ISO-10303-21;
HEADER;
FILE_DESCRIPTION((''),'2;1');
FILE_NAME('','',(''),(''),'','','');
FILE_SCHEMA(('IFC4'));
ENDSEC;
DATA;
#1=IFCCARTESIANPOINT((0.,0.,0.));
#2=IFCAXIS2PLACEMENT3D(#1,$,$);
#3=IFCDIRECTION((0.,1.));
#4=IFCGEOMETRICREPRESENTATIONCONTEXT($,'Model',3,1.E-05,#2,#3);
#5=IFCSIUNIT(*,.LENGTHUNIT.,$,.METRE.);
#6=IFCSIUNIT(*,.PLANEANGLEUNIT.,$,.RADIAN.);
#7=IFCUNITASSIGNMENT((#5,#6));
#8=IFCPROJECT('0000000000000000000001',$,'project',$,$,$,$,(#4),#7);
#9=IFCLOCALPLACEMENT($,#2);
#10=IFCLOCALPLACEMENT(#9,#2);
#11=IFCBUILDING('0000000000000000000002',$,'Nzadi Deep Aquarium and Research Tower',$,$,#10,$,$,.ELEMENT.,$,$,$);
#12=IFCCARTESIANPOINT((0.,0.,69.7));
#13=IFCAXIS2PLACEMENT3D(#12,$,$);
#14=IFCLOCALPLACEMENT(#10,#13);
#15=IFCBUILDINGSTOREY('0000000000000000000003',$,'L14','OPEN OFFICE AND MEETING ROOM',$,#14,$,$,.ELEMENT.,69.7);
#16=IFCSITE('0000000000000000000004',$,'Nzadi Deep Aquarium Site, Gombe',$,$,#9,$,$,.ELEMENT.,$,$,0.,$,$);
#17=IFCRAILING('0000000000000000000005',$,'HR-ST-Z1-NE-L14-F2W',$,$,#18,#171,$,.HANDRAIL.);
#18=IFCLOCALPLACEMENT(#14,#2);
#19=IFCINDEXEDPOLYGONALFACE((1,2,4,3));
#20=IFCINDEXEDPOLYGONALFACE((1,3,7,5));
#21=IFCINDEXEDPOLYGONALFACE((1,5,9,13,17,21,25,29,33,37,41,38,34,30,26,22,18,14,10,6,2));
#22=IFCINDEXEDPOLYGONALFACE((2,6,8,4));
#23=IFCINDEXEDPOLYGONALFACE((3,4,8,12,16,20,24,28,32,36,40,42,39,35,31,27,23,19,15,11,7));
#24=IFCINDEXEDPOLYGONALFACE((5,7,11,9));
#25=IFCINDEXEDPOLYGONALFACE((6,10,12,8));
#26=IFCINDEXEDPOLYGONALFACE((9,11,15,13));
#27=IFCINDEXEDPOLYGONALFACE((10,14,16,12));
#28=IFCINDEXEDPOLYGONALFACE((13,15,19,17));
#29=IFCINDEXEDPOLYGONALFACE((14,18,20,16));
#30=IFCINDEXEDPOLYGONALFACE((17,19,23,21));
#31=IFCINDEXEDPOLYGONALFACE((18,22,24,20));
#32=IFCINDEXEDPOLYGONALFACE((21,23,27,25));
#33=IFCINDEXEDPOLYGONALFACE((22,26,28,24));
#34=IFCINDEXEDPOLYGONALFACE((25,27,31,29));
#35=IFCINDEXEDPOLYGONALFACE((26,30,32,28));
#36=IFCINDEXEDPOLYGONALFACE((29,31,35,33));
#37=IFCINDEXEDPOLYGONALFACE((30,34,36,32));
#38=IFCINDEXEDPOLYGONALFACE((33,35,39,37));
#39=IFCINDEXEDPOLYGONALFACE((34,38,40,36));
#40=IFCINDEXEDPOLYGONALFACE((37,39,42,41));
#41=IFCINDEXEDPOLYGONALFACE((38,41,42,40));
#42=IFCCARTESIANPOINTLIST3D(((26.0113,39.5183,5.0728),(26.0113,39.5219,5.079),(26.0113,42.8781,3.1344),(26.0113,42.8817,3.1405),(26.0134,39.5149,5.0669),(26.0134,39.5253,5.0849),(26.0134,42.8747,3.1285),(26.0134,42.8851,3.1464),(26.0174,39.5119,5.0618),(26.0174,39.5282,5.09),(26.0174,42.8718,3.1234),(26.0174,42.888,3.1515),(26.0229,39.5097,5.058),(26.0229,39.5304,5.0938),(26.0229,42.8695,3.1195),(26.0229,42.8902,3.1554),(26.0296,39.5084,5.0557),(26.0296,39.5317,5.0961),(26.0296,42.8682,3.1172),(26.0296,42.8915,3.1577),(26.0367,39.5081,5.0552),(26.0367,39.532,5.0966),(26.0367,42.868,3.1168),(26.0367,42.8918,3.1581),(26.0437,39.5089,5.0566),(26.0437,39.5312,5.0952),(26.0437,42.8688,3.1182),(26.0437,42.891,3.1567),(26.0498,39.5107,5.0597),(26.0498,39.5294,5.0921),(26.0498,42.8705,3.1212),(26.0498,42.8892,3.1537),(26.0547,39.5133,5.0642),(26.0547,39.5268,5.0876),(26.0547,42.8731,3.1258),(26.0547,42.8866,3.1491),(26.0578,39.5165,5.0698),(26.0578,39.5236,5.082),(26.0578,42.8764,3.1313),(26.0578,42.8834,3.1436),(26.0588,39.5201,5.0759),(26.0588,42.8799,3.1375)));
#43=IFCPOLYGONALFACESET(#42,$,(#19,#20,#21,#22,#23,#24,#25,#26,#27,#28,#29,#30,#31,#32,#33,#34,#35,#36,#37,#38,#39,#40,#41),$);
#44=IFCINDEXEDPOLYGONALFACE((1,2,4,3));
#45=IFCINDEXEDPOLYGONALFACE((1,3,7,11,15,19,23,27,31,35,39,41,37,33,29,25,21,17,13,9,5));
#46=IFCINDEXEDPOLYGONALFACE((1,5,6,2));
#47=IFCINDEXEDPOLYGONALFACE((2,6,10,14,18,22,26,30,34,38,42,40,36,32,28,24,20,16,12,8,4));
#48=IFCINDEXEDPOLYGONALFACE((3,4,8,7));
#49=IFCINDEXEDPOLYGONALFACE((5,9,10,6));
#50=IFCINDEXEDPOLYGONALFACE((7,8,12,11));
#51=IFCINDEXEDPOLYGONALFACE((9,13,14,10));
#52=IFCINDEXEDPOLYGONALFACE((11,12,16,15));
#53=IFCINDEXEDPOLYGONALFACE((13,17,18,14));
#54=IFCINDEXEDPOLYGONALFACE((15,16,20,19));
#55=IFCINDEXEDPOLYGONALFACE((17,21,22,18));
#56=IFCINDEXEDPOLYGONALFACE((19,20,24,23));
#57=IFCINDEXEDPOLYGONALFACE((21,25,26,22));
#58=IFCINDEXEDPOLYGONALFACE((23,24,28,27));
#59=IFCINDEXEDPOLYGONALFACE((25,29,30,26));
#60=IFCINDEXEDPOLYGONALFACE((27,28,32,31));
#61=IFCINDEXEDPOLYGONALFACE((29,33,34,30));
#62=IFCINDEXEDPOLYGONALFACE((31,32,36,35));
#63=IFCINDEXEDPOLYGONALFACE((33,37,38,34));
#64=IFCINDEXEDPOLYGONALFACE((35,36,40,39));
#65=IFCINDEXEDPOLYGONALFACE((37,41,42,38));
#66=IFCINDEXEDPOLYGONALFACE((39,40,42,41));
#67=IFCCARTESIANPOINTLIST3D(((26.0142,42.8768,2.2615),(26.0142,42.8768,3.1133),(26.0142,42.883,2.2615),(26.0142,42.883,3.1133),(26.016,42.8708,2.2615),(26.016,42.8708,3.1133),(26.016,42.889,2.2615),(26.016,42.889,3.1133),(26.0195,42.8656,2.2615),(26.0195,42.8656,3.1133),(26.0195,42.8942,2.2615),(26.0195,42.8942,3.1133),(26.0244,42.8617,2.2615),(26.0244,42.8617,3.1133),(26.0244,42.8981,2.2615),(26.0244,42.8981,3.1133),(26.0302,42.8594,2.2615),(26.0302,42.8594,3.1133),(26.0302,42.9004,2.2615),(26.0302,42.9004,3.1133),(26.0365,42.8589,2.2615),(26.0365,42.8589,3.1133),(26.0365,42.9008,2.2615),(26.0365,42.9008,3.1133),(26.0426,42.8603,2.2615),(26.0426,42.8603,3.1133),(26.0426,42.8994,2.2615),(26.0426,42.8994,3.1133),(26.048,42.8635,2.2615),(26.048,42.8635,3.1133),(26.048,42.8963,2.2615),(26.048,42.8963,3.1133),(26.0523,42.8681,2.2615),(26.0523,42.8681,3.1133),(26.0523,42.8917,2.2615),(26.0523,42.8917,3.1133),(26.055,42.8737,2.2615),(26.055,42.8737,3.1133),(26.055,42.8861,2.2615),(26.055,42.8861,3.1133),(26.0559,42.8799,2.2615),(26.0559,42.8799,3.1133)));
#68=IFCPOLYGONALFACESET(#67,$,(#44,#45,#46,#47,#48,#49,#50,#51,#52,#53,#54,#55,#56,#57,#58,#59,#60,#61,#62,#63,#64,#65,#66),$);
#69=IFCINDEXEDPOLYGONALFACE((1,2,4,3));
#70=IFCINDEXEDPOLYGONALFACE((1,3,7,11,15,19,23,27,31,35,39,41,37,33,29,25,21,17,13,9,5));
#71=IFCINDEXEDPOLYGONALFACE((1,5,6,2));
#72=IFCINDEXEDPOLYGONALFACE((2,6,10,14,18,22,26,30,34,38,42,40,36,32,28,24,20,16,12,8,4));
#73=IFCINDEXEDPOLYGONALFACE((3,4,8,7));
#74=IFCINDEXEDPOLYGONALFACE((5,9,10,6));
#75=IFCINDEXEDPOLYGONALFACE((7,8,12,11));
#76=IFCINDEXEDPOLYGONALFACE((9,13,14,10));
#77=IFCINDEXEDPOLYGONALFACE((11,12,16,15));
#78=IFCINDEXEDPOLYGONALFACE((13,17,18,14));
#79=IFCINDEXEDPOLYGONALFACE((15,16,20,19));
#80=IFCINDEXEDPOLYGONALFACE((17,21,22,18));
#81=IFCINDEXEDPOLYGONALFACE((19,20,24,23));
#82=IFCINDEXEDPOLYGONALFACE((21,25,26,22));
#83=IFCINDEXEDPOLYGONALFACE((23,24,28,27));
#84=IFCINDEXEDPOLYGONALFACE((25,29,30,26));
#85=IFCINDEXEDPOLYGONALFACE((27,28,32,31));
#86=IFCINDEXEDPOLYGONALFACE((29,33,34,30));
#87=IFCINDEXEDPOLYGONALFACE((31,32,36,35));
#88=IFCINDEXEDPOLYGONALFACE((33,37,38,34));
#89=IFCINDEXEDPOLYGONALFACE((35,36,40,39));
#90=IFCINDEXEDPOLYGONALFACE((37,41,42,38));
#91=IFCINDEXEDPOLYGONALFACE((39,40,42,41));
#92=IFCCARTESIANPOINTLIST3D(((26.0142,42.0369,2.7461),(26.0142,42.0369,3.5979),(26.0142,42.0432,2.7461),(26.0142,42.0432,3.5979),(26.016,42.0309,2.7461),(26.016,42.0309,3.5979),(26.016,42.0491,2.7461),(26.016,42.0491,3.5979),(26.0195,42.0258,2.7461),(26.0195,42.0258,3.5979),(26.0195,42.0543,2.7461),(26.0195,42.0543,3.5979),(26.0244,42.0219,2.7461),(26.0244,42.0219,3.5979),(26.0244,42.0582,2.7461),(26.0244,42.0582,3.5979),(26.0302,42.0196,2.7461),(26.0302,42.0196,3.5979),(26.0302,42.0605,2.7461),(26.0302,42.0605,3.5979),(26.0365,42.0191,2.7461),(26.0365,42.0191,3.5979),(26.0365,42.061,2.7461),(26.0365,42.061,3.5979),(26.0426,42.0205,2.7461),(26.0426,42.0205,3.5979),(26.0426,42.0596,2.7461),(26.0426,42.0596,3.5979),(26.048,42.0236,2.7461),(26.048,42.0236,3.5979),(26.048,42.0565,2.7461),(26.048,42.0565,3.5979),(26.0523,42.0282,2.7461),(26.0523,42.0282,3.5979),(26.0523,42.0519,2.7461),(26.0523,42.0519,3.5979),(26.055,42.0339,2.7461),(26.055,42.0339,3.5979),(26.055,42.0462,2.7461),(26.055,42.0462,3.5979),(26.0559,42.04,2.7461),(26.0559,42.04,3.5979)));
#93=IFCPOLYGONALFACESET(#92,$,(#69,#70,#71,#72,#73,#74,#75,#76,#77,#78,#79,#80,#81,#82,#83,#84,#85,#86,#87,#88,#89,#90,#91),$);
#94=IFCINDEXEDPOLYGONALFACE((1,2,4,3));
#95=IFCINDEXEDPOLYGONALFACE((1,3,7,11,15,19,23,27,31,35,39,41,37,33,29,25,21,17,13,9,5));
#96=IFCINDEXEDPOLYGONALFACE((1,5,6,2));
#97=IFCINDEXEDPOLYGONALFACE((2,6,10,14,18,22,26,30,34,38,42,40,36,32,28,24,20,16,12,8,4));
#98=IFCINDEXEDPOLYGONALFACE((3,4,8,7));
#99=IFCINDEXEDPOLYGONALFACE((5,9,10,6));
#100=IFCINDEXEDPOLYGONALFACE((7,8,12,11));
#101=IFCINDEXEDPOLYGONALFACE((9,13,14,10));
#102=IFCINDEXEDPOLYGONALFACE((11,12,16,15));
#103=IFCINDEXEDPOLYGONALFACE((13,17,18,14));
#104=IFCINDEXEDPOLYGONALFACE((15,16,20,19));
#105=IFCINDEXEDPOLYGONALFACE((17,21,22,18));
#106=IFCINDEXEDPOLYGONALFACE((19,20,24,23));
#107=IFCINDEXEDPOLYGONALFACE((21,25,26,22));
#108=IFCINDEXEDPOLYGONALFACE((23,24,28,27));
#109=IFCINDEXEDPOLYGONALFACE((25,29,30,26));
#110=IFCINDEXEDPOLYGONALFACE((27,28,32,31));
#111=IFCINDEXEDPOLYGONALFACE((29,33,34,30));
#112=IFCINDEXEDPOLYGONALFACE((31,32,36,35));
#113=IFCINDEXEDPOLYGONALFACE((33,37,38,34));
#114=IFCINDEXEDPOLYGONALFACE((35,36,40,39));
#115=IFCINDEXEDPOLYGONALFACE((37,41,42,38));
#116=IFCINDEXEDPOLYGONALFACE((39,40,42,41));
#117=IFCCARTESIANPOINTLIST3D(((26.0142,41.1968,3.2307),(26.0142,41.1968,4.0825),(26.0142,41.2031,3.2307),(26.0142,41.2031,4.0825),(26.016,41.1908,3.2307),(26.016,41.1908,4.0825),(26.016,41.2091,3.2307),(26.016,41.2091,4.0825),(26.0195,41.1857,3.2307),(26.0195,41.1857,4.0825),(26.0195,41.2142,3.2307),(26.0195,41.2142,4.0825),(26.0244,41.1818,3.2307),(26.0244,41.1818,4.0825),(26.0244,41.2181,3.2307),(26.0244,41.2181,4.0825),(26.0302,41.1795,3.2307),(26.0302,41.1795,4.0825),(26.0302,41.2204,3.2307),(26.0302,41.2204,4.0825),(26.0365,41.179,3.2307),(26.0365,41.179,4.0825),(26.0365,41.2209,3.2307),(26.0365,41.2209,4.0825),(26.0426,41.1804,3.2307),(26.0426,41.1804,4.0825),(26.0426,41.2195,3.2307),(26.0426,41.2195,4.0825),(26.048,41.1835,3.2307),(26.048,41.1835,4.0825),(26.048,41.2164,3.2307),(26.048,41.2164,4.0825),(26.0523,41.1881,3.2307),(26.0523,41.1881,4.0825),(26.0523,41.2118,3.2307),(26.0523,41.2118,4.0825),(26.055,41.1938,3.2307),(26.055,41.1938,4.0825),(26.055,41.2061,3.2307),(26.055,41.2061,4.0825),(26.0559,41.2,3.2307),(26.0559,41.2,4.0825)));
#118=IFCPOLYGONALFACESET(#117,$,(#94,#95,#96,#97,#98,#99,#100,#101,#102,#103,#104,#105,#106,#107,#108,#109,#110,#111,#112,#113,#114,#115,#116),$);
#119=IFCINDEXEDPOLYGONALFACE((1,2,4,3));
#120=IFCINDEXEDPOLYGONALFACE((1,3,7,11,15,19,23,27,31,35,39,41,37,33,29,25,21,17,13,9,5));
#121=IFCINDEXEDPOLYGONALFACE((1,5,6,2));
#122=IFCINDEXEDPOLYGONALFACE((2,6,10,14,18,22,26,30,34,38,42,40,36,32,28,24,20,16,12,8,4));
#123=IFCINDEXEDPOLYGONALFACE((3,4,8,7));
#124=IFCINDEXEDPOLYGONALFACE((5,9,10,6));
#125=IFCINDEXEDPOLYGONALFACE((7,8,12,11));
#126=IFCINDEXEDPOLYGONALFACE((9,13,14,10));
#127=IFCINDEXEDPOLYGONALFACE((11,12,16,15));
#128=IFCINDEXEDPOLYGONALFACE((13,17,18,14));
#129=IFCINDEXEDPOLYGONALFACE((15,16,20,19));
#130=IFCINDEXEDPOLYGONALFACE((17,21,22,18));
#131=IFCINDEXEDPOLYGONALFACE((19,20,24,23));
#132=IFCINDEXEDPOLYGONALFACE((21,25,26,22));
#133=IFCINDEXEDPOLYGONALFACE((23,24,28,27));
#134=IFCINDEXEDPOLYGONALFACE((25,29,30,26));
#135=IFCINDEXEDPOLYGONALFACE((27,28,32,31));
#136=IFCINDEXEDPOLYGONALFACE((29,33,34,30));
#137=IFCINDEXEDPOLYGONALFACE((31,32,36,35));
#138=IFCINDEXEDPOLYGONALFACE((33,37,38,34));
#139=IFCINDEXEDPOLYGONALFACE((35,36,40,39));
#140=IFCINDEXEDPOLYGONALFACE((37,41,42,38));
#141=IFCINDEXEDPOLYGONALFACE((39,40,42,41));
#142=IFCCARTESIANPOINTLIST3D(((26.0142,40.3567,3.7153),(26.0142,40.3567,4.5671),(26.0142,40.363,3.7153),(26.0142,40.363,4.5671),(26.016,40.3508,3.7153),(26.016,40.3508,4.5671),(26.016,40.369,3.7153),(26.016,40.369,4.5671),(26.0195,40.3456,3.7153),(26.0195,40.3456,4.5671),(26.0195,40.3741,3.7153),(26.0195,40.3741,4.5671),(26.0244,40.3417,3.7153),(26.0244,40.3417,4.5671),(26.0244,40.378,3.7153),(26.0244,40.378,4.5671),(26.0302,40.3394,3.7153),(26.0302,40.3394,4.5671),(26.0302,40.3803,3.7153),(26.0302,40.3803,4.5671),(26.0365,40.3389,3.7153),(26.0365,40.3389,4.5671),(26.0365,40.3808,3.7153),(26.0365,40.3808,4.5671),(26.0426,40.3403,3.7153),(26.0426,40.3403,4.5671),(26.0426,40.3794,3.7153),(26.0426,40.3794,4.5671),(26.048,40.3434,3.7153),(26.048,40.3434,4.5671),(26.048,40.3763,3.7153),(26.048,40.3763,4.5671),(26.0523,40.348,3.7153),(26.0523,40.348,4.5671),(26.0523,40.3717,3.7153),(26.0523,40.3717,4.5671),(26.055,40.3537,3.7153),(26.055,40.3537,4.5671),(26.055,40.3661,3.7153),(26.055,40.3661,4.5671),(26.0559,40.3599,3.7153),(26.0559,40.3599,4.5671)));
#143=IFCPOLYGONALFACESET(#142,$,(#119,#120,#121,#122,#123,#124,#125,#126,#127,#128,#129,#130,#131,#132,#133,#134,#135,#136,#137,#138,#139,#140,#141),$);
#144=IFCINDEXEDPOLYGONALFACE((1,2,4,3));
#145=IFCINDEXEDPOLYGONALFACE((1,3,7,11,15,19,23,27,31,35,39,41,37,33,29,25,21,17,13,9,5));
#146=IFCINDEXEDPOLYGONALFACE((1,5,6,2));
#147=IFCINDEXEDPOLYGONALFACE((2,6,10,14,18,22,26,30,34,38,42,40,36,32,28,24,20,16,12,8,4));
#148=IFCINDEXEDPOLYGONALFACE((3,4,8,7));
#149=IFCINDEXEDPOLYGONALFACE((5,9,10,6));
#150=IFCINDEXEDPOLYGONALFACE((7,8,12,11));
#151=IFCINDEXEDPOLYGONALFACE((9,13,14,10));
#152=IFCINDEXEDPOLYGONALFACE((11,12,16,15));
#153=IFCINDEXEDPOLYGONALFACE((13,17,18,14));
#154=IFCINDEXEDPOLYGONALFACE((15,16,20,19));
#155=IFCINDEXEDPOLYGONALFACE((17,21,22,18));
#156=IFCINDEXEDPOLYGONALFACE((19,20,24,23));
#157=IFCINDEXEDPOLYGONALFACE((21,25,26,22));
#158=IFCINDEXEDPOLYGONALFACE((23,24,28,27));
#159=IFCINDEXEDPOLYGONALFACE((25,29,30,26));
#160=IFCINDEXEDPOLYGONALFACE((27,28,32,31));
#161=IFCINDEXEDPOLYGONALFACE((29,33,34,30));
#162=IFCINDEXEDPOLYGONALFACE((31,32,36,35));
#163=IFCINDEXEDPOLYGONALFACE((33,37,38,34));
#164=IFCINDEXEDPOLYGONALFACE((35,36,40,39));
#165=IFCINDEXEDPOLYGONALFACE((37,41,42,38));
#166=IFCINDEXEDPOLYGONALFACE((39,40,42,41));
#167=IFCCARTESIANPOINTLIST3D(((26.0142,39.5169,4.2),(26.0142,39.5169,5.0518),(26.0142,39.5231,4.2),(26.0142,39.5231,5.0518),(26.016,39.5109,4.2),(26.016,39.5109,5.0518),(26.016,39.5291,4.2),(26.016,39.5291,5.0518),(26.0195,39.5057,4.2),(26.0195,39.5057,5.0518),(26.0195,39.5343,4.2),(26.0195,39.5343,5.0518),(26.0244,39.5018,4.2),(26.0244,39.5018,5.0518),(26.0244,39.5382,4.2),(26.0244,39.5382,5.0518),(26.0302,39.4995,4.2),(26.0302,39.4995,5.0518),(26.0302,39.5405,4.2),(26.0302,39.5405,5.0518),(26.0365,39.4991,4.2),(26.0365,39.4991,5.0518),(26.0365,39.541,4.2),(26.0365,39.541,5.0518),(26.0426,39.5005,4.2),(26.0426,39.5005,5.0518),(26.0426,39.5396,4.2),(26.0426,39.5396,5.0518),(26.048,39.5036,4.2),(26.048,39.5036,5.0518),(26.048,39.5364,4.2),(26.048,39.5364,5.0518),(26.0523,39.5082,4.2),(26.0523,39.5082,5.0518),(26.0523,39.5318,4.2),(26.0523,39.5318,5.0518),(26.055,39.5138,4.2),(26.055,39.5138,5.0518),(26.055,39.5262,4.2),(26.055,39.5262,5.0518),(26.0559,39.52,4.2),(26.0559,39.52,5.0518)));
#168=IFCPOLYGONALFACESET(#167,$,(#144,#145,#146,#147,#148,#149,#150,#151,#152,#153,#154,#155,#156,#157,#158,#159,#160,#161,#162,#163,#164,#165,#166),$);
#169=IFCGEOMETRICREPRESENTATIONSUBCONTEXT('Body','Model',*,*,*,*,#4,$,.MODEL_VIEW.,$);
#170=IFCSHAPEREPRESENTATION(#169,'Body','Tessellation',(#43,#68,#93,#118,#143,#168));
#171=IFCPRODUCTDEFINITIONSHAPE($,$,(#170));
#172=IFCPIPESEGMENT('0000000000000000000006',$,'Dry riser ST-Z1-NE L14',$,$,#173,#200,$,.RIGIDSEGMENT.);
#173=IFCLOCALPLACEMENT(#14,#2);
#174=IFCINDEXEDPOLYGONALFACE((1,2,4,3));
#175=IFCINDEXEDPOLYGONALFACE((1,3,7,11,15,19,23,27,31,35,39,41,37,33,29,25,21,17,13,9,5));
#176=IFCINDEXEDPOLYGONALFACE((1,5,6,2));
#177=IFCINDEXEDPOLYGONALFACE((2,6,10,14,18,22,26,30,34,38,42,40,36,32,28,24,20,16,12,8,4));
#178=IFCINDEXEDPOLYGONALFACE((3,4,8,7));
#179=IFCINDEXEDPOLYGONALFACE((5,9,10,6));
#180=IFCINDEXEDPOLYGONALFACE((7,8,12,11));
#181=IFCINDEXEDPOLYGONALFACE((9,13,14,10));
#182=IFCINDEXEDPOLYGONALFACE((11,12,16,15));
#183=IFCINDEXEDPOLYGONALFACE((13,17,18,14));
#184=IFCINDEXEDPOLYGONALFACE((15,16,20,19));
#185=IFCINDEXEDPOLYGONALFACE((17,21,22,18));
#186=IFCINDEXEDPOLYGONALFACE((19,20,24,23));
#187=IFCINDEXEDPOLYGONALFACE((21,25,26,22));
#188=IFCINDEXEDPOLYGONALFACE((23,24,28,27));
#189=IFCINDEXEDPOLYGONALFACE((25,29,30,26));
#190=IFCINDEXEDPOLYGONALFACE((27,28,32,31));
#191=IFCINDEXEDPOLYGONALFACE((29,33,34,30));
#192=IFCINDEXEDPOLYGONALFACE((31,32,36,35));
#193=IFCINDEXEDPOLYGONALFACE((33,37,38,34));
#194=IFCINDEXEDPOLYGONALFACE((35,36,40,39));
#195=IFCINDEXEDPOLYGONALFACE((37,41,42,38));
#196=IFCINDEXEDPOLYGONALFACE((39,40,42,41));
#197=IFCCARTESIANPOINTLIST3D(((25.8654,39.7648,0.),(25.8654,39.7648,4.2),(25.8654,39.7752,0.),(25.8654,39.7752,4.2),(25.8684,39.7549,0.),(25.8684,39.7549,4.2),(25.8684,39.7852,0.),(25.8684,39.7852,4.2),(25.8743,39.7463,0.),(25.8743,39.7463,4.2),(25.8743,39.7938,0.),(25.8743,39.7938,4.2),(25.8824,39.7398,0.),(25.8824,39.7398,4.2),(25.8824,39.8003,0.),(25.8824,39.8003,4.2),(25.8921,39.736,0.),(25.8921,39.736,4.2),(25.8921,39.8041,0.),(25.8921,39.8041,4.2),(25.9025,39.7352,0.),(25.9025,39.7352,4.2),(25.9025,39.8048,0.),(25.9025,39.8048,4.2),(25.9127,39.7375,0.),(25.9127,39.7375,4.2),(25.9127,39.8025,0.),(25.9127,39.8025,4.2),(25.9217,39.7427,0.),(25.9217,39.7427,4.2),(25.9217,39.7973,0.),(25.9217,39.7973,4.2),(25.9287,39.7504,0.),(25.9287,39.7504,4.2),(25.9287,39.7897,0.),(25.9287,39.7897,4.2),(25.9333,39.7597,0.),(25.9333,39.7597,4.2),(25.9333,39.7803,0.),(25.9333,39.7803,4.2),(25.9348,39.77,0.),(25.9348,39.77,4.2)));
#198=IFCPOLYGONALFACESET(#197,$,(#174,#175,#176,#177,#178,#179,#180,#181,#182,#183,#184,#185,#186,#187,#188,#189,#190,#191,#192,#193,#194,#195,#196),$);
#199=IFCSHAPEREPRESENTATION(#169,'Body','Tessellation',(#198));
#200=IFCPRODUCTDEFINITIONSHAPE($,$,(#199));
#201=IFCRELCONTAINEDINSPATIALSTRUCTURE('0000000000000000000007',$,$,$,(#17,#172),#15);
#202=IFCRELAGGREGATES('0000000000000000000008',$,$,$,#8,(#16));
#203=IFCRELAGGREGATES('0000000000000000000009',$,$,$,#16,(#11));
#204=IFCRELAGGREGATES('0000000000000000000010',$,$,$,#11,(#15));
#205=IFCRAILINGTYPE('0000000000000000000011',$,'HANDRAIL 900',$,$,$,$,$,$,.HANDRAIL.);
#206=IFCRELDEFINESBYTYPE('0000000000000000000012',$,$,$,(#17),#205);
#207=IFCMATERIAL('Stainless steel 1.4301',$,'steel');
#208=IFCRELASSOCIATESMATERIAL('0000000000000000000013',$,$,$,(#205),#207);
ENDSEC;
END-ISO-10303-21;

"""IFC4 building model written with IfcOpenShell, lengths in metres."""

from ifc_helpers import new_model, si_unit, direction, frame, origin, origin_2d, place, context, subcontext, project, spatial, circle, extrude, material, type_object, element, save


model = new_model("IFC4")

# Units and contexts
model_context = context("Model", 3, precision=1e-05, world=origin(), true_north=direction((0.0, 1.0)))
body_context = subcontext(model_context, "Body", "Model", "MODEL_VIEW")
ifc_project = project(units=[si_unit("LENGTHUNIT", "METRE"), si_unit("PLANEANGLEUNIT", "RADIAN")], contexts=[model_context])

# Site, building, storey
site_placement = place(None, origin())
site = spatial("IfcSite", under=ifc_project, at=site_placement, Name="Nzadi Deep Aquarium Site, Gombe", CompositionType="ELEMENT", RefElevation=0.0)
building_placement = place(site_placement, origin())
building = spatial("IfcBuilding", under=site, at=building_placement, Name="Nzadi Deep Aquarium and Research Tower", CompositionType="ELEMENT")
storey_placement = place(building_placement, frame((0.0, 0.0, 69.7)))
storey = spatial("IfcBuildingStorey", under=building, at=storey_placement, Name="L14", Description="OPEN OFFICE AND MEETING ROOM", CompositionType="ELEMENT", Elevation=69.7)

# Railing
ifc_material_1 = material(Name="Stainless steel 1.4301", Category="steel")
railing_type = type_object("IfcRailingType", Name="HANDRAIL 900", PredefinedType="HANDRAIL", material=ifc_material_1)
for number, where, name in (
    (1, (26.0349, 42.8799, 2.2615), "HR-ST-Z1-NE-L14-F2W"),
):
    element("IfcRailing", number, at=place(storey_placement, frame(where)), inside=storey, type_object=railing_type, Name=name, PredefinedType="HANDRAIL", context=body_context, shape_type="SweptSolid", body=[
        extrude(circle(Radius=0.0239, at=origin_2d()), frame((0.0, 0.0, 0.876), z_axis=(0.0, -0.866175, 0.499741), x_axis=(1.0, 0.0, 0.0)), (0.0, 0.0, 1.0), 3.8789),
        extrude(circle(Radius=0.021, at=origin_2d()), origin(), (0.0, 0.0, 1.0), 0.8518),
        extrude(circle(Radius=0.021, at=origin_2d()), frame((0.0, -0.8398, 0.4846)), (0.0, 0.0, 1.0), 0.8518),
        extrude(circle(Radius=0.021, at=origin_2d()), frame((0.0, -1.6799, 0.9692)), (0.0, 0.0, 1.0), 0.8518),
        extrude(circle(Radius=0.021, at=origin_2d()), frame((0.0, -2.52, 1.4539)), (0.0, 0.0, 1.0), 0.8518),
        extrude(circle(Radius=0.021, at=origin_2d()), frame((0.0, -3.3599, 1.9385)), (0.0, 0.0, 1.0), 0.8518),
    ])

# Pipe segment
pipe_segment_placement = place(storey_placement, frame((25.8999, 39.77, 0.0), z_axis=(0.0, 0.0, 1.0), x_axis=(1.0, 0.0, 0.0)))
element("IfcPipeSegment", 2, at=pipe_segment_placement, inside=storey, Name="Dry riser ST-Z1-NE L14", PredefinedType="RIGIDSEGMENT", context=body_context, shape_type="SweptSolid", body=[
    extrude(circle(Radius=0.0349, at=origin_2d()), origin(), (0.0, 0.0, 1.0), 4.2),
])

save(model, "model.ifc")
